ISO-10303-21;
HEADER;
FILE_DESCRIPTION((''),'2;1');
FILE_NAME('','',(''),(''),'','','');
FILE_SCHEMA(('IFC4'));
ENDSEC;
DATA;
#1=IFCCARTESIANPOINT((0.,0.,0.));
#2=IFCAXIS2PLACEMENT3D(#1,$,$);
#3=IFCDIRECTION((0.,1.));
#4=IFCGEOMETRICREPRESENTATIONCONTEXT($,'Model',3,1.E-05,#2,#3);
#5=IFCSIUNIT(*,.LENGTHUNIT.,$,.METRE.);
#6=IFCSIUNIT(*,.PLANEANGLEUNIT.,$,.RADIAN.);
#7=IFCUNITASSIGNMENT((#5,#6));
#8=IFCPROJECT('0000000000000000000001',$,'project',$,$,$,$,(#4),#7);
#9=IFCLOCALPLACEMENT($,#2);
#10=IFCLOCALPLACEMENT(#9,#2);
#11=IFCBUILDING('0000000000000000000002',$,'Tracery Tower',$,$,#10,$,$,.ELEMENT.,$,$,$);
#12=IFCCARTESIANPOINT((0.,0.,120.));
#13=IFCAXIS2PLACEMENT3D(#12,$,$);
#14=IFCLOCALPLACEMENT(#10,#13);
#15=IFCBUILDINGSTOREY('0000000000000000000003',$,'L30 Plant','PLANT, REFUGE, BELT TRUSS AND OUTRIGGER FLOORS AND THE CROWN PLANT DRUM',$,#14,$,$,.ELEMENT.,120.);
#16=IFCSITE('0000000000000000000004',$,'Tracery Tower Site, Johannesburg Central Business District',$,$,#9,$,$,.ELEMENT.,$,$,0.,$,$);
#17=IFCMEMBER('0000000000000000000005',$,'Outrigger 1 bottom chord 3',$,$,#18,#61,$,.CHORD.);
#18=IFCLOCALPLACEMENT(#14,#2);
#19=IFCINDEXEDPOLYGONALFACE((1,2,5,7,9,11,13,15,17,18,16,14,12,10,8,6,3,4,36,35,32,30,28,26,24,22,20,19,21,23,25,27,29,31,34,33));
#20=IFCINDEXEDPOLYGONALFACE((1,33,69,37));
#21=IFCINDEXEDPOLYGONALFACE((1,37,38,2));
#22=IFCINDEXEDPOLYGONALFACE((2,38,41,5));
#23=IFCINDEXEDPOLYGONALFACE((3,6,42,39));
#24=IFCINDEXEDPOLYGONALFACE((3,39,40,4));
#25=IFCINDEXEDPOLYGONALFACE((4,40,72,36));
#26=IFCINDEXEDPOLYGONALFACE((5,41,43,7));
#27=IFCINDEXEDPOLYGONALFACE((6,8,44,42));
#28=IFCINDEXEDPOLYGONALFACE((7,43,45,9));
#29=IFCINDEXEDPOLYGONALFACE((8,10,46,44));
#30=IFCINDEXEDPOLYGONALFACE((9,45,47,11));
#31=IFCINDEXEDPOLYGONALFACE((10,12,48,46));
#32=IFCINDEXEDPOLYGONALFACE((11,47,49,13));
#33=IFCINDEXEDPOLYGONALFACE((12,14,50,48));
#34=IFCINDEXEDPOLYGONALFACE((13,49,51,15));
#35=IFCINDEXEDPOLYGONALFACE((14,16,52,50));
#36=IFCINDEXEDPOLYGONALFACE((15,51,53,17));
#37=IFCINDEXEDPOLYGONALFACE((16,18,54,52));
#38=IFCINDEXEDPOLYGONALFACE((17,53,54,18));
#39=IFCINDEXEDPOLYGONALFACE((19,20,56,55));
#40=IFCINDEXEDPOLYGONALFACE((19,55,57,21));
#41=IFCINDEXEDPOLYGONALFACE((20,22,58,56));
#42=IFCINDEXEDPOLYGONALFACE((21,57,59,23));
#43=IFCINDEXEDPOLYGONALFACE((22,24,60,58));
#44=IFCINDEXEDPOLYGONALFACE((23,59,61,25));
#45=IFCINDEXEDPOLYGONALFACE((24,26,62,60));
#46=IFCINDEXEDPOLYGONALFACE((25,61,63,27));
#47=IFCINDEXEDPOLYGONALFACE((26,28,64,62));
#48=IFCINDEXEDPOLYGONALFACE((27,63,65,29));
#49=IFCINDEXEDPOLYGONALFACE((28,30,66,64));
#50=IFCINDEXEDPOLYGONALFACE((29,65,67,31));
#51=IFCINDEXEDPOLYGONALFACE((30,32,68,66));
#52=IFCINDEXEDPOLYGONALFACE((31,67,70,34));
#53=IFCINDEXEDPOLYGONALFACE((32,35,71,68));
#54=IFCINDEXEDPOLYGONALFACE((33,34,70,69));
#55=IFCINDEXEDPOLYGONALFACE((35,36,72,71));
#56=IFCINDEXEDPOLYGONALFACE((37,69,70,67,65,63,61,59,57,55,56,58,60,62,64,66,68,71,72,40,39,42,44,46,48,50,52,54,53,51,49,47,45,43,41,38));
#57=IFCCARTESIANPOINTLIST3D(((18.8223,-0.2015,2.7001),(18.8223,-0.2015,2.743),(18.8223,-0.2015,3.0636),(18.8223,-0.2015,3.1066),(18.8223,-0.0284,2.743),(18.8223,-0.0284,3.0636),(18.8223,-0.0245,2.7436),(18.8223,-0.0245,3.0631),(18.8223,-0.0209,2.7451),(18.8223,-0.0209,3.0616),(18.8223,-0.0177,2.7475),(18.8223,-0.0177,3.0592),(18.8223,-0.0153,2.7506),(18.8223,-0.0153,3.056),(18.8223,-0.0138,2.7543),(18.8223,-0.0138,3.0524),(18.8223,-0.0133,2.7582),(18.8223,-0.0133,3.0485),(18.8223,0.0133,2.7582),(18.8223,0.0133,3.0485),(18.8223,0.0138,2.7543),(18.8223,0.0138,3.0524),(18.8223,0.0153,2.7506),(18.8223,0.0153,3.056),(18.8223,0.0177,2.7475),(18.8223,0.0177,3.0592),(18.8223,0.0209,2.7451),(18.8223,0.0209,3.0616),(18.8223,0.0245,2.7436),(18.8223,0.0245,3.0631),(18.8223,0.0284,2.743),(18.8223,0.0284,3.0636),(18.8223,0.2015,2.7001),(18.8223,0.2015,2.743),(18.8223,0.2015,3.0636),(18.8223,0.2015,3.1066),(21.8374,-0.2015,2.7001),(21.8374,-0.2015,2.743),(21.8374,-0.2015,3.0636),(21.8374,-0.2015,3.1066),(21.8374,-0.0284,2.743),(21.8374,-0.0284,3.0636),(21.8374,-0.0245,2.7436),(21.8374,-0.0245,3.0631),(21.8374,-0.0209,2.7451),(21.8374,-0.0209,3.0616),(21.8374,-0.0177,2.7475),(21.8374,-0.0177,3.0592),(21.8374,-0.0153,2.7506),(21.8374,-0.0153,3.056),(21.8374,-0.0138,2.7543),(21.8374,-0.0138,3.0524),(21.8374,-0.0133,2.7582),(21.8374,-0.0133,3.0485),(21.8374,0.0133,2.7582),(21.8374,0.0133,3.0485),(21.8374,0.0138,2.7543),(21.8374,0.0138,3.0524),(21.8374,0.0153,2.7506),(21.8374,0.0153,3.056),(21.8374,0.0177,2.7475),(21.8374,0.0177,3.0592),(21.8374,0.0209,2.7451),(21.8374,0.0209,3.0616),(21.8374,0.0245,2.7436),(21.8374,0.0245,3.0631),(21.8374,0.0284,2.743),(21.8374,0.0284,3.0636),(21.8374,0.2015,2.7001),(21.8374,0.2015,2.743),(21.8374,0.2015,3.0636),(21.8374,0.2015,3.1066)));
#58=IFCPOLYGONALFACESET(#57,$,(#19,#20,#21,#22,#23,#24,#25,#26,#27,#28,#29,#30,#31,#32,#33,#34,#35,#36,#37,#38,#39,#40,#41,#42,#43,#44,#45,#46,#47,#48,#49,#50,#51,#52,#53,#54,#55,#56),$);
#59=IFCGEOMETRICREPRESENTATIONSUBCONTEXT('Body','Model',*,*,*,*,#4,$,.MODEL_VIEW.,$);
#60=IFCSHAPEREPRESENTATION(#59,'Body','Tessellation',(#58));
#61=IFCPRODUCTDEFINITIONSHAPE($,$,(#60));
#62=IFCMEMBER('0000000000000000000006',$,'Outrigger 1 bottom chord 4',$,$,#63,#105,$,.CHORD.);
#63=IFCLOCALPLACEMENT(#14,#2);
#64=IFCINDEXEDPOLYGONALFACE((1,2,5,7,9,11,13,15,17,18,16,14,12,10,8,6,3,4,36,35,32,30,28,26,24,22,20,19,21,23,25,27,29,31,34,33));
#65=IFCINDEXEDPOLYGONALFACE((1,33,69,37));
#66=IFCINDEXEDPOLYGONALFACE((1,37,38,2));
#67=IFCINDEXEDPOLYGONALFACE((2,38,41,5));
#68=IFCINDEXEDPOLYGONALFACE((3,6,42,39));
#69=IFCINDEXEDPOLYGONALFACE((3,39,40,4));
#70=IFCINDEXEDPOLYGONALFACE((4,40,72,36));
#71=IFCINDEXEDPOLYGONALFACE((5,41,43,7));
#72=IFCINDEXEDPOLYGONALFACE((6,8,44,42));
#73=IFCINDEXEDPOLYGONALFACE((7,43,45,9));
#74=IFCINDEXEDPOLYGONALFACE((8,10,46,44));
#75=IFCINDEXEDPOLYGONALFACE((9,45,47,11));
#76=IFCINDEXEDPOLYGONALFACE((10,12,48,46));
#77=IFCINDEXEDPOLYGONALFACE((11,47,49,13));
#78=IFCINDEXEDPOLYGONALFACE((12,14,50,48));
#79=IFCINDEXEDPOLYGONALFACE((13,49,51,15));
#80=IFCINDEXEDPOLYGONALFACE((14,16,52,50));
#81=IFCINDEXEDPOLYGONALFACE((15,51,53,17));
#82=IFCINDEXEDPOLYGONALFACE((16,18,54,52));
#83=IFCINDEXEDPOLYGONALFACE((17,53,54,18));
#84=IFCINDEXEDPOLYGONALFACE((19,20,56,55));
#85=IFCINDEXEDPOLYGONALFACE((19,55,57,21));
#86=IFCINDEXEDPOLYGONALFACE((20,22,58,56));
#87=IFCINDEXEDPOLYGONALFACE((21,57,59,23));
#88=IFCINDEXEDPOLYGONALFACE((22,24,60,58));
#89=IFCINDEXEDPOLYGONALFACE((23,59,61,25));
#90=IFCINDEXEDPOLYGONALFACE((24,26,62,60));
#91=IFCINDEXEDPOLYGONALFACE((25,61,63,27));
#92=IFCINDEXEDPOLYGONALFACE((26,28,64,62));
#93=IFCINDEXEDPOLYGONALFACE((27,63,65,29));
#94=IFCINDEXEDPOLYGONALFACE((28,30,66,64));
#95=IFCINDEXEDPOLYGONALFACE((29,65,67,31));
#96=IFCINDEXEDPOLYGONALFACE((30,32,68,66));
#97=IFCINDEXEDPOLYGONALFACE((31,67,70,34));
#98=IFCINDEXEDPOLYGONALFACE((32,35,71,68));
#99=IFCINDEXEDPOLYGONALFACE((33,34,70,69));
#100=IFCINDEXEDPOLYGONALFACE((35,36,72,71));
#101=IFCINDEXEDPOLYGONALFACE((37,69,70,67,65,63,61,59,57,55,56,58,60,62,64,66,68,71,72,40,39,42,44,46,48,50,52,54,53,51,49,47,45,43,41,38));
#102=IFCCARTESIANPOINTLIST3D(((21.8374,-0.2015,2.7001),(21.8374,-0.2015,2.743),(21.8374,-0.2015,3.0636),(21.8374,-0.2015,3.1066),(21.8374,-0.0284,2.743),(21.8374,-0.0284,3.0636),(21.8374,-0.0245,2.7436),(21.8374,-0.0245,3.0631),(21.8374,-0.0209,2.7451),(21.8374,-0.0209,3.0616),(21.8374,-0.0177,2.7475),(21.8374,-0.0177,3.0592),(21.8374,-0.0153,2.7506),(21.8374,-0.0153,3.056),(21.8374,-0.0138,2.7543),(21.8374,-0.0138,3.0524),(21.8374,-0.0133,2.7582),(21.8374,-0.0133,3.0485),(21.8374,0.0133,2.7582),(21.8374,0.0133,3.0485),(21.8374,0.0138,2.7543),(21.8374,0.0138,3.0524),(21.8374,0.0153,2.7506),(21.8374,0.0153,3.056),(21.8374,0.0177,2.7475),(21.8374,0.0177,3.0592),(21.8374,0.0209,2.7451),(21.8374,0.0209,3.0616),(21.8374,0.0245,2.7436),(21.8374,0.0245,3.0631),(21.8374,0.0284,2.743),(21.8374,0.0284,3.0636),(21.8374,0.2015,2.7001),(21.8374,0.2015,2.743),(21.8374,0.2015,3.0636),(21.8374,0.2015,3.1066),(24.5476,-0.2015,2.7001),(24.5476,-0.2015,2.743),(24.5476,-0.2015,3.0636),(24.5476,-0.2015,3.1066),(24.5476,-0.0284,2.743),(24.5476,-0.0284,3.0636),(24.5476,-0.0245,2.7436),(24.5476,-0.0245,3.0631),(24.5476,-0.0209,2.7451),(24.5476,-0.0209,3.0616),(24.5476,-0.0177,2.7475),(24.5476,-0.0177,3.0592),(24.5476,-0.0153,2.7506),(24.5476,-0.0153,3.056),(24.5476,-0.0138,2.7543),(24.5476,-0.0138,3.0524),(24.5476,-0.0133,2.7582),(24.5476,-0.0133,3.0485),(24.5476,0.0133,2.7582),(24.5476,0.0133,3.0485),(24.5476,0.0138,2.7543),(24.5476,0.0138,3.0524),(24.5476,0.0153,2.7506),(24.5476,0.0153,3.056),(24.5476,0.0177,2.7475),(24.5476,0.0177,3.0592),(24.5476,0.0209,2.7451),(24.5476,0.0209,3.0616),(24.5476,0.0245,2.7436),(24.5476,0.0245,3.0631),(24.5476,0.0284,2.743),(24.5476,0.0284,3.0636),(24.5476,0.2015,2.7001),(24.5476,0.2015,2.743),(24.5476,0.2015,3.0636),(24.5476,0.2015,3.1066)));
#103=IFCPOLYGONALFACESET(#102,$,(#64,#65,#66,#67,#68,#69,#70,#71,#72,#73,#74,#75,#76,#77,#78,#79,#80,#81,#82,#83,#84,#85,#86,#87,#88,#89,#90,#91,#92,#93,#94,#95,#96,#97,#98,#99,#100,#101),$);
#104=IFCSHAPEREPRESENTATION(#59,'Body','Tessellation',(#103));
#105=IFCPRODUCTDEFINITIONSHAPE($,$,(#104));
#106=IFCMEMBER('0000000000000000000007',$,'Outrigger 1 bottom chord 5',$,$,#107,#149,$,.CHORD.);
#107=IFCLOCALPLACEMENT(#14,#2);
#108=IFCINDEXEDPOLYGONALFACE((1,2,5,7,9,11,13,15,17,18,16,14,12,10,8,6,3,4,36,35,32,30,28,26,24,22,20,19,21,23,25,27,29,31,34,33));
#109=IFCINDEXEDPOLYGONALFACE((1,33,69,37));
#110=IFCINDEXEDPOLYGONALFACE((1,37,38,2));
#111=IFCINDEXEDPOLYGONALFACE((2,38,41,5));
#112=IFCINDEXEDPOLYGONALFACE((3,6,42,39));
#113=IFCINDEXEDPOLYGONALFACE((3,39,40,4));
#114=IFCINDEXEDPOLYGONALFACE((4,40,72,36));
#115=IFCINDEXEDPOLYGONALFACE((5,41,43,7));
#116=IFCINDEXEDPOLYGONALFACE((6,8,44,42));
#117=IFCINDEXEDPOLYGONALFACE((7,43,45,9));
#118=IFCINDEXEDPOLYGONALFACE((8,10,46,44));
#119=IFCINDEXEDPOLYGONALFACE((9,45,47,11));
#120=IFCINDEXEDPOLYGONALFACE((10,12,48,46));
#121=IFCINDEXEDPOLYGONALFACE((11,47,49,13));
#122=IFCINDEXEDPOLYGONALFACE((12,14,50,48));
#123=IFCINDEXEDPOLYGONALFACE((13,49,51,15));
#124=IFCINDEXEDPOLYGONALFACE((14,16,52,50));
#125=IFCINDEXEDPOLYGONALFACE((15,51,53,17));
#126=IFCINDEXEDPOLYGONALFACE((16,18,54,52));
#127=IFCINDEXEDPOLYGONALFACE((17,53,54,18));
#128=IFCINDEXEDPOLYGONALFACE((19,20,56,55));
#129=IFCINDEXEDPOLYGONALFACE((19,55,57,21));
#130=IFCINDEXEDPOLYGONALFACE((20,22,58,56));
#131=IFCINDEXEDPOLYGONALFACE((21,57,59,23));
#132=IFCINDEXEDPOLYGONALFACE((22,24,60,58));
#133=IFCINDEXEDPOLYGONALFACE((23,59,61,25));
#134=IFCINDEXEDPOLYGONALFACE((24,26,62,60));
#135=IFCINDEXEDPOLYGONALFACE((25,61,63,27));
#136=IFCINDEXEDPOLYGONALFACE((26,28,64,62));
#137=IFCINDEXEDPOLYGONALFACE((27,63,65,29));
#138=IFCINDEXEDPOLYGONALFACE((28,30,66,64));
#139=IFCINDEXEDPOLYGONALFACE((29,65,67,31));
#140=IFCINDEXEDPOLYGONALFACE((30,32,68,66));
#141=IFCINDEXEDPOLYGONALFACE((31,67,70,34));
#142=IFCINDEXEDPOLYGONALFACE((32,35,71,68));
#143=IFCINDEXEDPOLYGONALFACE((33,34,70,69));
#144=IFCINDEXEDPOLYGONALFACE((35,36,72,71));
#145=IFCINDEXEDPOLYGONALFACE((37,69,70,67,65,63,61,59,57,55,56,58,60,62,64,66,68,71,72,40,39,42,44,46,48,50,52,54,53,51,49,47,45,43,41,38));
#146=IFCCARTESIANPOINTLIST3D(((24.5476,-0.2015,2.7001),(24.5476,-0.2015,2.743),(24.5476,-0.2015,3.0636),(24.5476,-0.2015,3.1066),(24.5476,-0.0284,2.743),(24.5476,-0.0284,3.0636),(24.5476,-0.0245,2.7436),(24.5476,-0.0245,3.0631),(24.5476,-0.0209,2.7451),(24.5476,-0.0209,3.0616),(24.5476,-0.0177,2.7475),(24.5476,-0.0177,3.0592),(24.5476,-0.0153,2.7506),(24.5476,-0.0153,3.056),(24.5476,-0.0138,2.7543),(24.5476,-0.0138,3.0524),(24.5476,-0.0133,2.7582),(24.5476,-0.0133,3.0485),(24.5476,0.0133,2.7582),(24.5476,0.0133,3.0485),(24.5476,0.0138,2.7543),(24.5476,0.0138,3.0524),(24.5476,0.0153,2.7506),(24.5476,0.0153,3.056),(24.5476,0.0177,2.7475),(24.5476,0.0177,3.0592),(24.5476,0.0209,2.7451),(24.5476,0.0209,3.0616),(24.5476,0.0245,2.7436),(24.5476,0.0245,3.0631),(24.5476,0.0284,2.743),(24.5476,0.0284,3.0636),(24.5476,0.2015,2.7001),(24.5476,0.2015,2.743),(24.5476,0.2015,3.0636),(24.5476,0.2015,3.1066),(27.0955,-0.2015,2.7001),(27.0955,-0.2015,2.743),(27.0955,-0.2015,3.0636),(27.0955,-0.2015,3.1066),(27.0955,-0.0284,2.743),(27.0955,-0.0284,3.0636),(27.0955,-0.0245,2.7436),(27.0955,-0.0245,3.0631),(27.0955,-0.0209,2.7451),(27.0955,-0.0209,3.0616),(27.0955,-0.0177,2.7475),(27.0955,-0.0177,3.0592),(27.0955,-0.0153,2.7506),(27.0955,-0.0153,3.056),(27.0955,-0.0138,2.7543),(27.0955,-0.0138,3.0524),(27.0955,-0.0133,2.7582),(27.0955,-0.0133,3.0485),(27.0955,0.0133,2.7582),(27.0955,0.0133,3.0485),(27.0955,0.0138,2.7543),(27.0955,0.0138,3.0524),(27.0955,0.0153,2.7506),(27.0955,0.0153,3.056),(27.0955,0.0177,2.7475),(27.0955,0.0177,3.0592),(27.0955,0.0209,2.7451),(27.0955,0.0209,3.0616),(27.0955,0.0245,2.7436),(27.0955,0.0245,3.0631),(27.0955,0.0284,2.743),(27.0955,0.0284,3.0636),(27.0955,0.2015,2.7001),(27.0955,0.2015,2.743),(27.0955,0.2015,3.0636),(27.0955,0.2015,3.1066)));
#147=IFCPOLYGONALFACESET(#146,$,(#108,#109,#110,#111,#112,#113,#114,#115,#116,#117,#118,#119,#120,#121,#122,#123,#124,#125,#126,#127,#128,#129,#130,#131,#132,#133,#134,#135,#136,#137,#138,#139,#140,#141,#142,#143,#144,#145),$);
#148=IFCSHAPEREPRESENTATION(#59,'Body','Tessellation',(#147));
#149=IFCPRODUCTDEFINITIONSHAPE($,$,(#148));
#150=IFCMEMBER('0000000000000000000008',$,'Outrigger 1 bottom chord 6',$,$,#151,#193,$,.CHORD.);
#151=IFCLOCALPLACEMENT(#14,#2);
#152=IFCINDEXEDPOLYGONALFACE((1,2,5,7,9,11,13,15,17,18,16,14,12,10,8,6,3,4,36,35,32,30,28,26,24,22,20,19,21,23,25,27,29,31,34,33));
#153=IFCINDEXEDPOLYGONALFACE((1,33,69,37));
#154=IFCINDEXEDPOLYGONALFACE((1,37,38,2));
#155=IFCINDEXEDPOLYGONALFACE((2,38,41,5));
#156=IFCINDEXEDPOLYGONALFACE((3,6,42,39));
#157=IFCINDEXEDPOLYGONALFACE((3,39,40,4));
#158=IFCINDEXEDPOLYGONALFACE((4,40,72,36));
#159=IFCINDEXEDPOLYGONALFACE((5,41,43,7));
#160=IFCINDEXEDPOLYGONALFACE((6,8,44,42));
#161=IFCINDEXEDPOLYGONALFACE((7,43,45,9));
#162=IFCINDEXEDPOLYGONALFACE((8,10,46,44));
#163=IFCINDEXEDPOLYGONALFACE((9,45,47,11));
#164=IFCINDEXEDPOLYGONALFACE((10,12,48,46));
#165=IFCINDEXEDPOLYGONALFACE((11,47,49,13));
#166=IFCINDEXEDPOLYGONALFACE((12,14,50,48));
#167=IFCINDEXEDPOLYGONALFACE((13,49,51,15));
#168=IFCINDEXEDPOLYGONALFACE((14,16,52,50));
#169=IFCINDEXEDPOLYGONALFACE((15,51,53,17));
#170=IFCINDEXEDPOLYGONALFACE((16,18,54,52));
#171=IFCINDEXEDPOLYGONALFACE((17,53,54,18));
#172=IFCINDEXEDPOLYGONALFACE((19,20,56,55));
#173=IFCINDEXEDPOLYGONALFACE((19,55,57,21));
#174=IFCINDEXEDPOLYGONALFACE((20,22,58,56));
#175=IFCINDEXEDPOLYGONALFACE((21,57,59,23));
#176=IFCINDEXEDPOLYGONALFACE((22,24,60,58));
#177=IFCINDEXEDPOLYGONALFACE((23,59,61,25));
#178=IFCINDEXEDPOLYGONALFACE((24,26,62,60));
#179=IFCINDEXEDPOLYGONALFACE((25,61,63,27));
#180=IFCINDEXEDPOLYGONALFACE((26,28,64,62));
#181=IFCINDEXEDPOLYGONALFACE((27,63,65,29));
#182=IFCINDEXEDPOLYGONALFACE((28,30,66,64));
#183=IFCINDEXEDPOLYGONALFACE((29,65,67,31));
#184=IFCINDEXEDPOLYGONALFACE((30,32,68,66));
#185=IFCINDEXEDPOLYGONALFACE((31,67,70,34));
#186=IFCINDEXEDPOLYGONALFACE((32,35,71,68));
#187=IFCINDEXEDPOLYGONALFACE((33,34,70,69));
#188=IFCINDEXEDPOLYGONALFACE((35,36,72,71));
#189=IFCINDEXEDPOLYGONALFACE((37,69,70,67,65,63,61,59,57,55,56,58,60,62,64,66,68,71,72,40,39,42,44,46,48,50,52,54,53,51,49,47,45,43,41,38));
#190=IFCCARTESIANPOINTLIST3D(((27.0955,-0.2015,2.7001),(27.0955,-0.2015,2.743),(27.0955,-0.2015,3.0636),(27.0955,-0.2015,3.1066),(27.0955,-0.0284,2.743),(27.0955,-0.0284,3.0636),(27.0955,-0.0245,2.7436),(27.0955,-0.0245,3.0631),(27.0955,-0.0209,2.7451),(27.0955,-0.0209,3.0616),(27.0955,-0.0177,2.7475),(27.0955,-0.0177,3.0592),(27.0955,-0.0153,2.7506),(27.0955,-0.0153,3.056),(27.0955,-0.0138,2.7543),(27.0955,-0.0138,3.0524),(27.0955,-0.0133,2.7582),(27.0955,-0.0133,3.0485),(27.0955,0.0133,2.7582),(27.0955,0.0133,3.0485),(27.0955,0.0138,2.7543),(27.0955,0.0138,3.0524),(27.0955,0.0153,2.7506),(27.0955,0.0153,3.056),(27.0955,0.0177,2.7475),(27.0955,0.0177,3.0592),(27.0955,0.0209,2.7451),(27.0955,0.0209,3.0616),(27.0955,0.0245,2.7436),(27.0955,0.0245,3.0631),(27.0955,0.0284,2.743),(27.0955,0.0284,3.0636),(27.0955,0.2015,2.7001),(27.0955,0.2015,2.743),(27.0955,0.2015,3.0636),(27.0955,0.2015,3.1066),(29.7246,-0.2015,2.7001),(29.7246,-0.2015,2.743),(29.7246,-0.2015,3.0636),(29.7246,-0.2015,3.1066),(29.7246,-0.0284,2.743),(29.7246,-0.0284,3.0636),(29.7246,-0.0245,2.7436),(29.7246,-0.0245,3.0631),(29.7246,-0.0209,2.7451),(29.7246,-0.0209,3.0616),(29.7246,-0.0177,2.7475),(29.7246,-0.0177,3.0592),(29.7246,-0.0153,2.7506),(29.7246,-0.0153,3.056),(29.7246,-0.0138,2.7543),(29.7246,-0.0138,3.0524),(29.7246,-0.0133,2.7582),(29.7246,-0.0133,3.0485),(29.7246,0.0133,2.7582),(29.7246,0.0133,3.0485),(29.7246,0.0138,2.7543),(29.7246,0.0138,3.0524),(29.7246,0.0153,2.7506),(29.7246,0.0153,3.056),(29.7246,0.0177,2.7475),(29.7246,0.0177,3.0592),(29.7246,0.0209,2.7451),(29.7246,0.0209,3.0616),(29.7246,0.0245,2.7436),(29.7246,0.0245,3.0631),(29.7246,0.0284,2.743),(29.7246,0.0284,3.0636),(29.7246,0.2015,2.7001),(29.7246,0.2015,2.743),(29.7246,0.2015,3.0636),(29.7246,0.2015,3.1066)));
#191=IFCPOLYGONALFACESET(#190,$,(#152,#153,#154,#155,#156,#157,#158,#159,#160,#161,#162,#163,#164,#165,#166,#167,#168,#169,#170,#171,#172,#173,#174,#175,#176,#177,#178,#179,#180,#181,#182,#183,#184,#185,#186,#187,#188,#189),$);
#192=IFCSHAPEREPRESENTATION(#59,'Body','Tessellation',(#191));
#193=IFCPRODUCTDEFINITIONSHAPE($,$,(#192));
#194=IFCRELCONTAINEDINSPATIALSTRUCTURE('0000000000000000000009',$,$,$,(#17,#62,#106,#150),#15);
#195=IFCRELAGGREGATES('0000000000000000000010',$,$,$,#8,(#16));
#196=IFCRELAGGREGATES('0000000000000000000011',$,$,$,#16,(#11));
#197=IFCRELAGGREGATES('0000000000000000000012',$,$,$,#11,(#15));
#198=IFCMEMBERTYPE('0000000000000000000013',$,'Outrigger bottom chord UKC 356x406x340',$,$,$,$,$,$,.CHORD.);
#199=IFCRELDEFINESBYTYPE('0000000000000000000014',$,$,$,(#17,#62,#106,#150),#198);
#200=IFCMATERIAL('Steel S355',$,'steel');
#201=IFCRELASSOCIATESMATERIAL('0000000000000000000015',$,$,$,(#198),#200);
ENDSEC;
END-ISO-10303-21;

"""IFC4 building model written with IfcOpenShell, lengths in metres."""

from ifc_helpers import new_model, si_unit, direction, frame, origin, origin_2d, place, context, subcontext, project, spatial, i_section, extrude, material, material_profile, profile_set, type_object, element, save


model = new_model("IFC4")

# Units and contexts
model_context = context("Model", 3, precision=1e-05, world=origin(), true_north=direction((0.0, 1.0)))
body_context = subcontext(model_context, "Body", "Model", "MODEL_VIEW")
ifc_project = project(units=[si_unit("LENGTHUNIT", "METRE"), si_unit("PLANEANGLEUNIT", "RADIAN")], contexts=[model_context])

# Site, building, storey
site_placement = place(None, origin())
site = spatial("IfcSite", under=ifc_project, at=site_placement, Name="Tracery Tower Site, Johannesburg Central Business District", CompositionType="ELEMENT", RefElevation=0.0)
building_placement = place(site_placement, origin())
building = spatial("IfcBuilding", under=site, at=building_placement, Name="Tracery Tower", CompositionType="ELEMENT")
storey_placement = place(building_placement, frame((0.0, 0.0, 120.0)))
storey = spatial("IfcBuildingStorey", under=building, at=storey_placement, Name="L30 Plant", Description="PLANT, REFUGE, BELT TRUSS AND OUTRIGGER FLOORS AND THE CROWN PLANT DRUM", CompositionType="ELEMENT", Elevation=120.0)

# Members
ifc_material_1 = material(Name="Steel S355", Category="steel")
ifc_material_profile_1 = material_profile(ifc_material_1, i_section(OverallWidth=0.4031, OverallDepth=0.4065, WebThickness=0.0266, FlangeThickness=0.043, FilletRadius=0.0151, at=origin_2d()), Name="UKC 356x406x340")
ifc_profile_set_1 = profile_set([ifc_material_profile_1], Name="Steel S355")
member_type_1 = type_object("IfcMemberType", Name="Outrigger bottom chord UKC 356x406x340", PredefinedType="CHORD", material=ifc_profile_set_1)
member_1_placement = place(storey_placement, frame((18.8223, 0.0, 2.9033), z_axis=(1.0, 0.0, 0.0), x_axis=(0.0, 1.0, 0.0)))
element("IfcMember", 1, at=member_1_placement, inside=storey, type_object=member_type_1, Name="Outrigger 1 bottom chord 3", PredefinedType="CHORD", context=body_context, shape_type="SweptSolid", body=[
    extrude(i_section(OverallWidth=0.4031, OverallDepth=0.4065, WebThickness=0.0266, FlangeThickness=0.043, FilletRadius=0.0151, at=origin_2d()), origin(), (0.0, 0.0, 1.0), 3.0151),
])
member_2_placement = place(storey_placement, frame((21.8374, 0.0, 2.9033), z_axis=(1.0, 0.0, 0.0), x_axis=(0.0, 1.0, 0.0)))
element("IfcMember", 2, at=member_2_placement, inside=storey, type_object=member_type_1, Name="Outrigger 1 bottom chord 4", PredefinedType="CHORD", context=body_context, shape_type="SweptSolid", body=[
    extrude(i_section(OverallWidth=0.4031, OverallDepth=0.4065, WebThickness=0.0266, FlangeThickness=0.043, FilletRadius=0.0151, at=origin_2d()), origin(), (0.0, 0.0, 1.0), 2.7102),
])
member_3_placement = place(storey_placement, frame((24.5476, 0.0, 2.9033), z_axis=(1.0, 0.0, 0.0), x_axis=(0.0, 1.0, 0.0)))
element("IfcMember", 3, at=member_3_placement, inside=storey, type_object=member_type_1, Name="Outrigger 1 bottom chord 5", PredefinedType="CHORD", context=body_context, shape_type="SweptSolid", body=[
    extrude(i_section(OverallWidth=0.4031, OverallDepth=0.4065, WebThickness=0.0266, FlangeThickness=0.043, FilletRadius=0.0151, at=origin_2d()), origin(), (0.0, 0.0, 1.0), 2.5479),
])
member_4_placement = place(storey_placement, frame((27.0955, 0.0, 2.9033), z_axis=(1.0, 0.0, 0.0), x_axis=(0.0, 1.0, 0.0)))
element("IfcMember", 4, at=member_4_placement, inside=storey, type_object=member_type_1, Name="Outrigger 1 bottom chord 6", PredefinedType="CHORD", context=body_context, shape_type="SweptSolid", body=[
    extrude(i_section(OverallWidth=0.4031, OverallDepth=0.4065, WebThickness=0.0266, FlangeThickness=0.043, FilletRadius=0.0151, at=origin_2d()), origin(), (0.0, 0.0, 1.0), 2.6292),
])

save(model, "model.ifc")
